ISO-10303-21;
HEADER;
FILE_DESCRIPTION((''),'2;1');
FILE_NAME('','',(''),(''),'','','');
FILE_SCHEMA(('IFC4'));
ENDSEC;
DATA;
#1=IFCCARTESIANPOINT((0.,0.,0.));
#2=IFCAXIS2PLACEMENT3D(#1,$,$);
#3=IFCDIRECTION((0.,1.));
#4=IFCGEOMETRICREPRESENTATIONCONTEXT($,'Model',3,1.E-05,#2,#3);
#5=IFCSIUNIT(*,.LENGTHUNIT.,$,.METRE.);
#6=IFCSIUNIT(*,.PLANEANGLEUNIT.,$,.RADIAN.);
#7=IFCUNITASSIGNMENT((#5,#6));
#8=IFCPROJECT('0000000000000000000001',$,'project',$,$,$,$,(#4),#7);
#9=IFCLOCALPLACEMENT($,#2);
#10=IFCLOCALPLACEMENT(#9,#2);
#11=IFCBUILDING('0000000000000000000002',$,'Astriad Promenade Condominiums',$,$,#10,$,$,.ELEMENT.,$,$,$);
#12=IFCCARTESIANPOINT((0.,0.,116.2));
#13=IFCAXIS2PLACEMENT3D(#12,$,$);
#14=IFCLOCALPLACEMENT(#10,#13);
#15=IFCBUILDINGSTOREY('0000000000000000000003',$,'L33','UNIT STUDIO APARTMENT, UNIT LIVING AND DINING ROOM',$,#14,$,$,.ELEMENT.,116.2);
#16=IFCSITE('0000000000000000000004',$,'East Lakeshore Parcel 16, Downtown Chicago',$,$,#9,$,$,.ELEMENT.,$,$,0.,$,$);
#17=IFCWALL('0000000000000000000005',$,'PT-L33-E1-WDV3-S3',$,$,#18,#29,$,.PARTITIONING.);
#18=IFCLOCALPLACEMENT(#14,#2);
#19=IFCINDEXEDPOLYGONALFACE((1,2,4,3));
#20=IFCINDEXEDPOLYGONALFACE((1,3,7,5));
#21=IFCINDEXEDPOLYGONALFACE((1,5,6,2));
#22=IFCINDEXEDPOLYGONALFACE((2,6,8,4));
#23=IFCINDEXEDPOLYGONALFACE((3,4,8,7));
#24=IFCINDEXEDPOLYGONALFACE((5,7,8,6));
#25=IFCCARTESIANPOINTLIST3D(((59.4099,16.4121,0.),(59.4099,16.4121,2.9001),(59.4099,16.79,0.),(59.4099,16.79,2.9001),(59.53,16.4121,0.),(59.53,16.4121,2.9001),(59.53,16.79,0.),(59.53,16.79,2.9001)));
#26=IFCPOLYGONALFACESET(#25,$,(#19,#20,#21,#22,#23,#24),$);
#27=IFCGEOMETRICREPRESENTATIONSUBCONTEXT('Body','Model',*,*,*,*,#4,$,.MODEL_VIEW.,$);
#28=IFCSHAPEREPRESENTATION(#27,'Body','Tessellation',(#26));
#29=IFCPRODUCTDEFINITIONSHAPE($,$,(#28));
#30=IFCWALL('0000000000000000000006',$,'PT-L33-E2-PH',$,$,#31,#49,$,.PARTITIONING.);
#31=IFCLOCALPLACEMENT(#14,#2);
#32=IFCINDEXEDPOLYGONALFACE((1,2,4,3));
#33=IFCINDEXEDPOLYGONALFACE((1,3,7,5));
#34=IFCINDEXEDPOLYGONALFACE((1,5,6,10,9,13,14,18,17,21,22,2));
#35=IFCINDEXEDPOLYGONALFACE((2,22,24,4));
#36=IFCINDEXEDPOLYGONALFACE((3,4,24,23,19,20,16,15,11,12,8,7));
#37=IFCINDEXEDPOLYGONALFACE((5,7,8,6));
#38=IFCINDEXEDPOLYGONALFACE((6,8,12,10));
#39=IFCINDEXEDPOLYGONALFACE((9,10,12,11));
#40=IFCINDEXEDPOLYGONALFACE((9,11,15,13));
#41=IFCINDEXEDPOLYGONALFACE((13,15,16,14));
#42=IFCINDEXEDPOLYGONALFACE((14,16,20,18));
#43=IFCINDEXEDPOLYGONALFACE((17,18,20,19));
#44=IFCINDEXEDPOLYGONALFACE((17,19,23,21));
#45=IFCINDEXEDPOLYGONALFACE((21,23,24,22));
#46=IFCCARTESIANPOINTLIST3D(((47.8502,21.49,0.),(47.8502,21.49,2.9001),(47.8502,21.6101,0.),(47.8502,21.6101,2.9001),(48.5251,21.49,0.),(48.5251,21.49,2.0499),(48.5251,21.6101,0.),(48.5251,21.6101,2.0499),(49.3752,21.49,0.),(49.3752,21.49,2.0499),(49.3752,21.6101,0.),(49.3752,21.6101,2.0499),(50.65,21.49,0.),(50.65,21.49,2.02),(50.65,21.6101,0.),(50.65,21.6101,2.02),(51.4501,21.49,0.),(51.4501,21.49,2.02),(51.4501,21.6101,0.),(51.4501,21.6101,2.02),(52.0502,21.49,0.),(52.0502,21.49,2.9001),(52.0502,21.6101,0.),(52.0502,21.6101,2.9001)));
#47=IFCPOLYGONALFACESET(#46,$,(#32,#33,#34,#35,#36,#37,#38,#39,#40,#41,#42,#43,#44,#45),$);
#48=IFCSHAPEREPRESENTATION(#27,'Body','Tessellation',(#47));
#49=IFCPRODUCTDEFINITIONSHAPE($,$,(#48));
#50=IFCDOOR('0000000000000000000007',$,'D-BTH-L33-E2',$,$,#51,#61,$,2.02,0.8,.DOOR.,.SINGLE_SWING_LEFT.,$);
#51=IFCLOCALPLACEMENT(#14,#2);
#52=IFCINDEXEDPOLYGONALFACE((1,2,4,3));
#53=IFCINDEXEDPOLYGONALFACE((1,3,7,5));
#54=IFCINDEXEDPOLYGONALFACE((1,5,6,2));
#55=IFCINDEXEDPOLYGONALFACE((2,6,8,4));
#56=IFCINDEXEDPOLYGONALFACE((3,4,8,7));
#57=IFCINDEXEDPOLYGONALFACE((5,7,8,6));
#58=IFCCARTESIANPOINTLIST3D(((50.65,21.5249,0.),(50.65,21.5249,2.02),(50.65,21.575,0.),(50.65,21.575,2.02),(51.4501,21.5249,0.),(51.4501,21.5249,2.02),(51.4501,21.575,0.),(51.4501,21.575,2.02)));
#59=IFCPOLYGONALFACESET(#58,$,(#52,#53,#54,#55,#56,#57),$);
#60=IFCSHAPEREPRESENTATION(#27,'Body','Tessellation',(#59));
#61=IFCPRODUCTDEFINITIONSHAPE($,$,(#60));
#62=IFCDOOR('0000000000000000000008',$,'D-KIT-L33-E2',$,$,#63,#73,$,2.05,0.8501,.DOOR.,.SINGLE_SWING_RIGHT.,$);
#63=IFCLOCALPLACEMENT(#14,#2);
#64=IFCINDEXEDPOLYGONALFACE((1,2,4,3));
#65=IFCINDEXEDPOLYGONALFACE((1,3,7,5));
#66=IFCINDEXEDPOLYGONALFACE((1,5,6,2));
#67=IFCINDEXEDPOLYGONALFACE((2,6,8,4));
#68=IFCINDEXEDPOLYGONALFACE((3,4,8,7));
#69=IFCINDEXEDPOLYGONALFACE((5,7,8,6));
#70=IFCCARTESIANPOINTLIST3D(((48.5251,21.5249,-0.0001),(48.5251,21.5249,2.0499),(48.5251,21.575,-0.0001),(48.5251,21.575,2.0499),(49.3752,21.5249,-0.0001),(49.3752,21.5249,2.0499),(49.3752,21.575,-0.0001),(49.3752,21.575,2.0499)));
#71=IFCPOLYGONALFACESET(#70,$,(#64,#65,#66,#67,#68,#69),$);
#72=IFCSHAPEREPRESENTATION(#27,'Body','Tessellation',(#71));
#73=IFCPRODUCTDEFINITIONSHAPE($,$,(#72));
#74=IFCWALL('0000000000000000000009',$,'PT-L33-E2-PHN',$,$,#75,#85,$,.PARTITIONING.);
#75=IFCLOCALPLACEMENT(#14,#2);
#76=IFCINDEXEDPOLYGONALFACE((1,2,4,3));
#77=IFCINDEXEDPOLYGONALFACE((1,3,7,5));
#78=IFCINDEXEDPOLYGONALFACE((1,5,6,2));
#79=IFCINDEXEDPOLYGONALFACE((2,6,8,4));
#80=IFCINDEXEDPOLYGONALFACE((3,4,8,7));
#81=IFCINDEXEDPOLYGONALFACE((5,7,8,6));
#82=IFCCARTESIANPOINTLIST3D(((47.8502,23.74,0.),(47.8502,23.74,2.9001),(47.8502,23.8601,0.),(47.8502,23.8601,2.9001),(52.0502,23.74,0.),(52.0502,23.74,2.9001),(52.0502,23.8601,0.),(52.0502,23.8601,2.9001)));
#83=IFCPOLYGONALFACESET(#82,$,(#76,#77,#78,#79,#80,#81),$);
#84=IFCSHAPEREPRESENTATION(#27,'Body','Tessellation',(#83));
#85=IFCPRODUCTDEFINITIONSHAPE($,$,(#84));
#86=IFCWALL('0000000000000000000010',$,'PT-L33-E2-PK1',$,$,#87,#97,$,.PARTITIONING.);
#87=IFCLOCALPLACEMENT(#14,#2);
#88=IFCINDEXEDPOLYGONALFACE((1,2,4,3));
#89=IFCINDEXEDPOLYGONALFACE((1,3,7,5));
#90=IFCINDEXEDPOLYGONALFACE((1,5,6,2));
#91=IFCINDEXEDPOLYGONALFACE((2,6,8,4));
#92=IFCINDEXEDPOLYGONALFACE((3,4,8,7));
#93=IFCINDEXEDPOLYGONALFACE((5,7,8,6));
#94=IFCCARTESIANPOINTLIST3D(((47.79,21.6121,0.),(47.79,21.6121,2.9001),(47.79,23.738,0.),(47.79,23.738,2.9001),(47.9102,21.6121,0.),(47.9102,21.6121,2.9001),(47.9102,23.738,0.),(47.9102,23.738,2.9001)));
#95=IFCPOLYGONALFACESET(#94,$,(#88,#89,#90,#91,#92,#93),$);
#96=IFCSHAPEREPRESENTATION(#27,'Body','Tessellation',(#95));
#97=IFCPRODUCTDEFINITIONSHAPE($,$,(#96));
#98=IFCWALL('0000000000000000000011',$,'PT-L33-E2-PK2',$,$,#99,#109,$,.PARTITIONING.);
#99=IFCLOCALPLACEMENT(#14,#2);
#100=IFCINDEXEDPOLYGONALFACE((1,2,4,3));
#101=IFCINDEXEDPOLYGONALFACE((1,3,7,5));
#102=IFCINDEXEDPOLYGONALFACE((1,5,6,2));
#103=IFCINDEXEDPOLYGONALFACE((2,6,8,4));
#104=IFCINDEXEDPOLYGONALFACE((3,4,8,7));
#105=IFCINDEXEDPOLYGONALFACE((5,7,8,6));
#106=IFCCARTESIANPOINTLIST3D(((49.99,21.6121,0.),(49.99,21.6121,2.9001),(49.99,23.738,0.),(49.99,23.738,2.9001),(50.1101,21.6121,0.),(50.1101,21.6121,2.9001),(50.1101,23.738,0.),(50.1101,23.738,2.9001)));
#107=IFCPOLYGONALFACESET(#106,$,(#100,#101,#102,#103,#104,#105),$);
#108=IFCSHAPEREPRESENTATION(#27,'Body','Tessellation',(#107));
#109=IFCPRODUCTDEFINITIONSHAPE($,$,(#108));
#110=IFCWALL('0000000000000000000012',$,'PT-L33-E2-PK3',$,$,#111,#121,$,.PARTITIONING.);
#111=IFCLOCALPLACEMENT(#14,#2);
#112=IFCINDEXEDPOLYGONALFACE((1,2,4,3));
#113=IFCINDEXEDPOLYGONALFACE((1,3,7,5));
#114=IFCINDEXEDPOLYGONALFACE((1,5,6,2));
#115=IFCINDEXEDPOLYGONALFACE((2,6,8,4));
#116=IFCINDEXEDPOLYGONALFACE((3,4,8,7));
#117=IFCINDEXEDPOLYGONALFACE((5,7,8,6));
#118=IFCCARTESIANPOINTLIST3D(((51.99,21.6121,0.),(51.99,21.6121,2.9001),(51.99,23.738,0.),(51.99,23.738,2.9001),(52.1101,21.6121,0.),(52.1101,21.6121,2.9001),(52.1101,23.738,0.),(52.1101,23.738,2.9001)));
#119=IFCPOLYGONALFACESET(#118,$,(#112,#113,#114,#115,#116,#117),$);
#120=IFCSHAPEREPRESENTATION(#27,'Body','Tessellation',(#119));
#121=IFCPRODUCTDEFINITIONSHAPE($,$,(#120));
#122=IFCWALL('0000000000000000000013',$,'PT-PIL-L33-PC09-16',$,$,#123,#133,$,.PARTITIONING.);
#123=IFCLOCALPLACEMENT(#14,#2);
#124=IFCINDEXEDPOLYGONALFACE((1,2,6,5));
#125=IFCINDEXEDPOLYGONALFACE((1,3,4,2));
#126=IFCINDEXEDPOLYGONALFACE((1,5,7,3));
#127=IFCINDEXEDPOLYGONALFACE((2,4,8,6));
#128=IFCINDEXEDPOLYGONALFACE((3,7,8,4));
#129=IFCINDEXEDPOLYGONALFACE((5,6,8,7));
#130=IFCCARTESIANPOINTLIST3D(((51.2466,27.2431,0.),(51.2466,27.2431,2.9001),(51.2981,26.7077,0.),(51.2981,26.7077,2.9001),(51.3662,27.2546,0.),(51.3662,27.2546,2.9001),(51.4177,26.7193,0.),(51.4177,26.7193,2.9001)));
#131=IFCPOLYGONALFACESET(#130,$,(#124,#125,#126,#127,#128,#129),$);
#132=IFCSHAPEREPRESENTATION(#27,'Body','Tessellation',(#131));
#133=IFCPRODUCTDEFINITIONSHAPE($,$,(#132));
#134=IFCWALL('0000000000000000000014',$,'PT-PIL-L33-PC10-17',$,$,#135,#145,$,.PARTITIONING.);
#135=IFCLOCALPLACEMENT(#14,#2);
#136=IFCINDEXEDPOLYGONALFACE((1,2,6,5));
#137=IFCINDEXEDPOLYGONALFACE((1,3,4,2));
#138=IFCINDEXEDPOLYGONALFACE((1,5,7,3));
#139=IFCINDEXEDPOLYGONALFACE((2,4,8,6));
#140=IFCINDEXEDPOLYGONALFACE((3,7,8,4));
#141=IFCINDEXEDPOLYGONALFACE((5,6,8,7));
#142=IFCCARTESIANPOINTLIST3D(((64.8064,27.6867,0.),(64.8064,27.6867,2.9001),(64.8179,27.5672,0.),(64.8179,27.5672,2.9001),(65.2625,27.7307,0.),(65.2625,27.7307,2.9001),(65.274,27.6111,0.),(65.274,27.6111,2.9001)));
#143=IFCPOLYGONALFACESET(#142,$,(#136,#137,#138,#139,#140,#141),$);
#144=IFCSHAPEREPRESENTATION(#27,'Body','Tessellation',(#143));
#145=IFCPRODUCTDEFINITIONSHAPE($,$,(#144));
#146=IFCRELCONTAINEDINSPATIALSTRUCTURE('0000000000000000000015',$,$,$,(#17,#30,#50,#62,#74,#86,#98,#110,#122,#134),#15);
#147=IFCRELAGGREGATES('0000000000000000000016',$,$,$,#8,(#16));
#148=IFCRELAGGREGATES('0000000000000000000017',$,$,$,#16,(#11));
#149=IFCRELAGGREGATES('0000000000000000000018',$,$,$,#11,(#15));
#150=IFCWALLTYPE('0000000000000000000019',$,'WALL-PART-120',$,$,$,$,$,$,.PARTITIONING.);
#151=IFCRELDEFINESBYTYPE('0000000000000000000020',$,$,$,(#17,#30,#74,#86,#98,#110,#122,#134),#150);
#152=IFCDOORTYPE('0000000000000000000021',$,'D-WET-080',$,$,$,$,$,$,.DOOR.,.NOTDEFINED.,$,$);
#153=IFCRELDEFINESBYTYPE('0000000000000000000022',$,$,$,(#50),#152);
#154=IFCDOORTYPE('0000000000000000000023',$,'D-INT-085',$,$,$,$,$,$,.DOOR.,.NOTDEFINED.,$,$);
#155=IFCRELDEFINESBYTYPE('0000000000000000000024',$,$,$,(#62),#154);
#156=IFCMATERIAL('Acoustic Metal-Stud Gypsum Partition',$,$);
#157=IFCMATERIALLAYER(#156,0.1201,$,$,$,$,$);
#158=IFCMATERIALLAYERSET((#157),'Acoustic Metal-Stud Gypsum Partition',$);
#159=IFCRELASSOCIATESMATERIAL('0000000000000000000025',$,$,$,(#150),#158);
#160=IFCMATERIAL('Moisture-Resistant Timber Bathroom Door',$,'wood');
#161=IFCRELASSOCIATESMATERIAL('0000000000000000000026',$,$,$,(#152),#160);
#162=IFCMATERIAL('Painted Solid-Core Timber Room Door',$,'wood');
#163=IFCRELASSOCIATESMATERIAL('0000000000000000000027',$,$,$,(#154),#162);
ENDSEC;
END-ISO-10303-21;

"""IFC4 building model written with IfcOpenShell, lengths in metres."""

from ifc_helpers import new_model, si_unit, direction, frame, frame_2d, origin, place, context, subcontext, project, spatial, rectangle, extrude, source, transform, mapped, material, layer, layer_set, type_object, type_shapes, element, fill, save


model = new_model("IFC4")

# Units and contexts
model_context = context("Model", 3, precision=1e-05, world=origin(), true_north=direction((0.0, 1.0)))
body_context = subcontext(model_context, "Body", "Model", "MODEL_VIEW")
ifc_project = project(units=[si_unit("LENGTHUNIT", "METRE"), si_unit("PLANEANGLEUNIT", "RADIAN")], contexts=[model_context])

# Site, building, storey
site_placement = place(None, origin())
site = spatial("IfcSite", under=ifc_project, at=site_placement, Name="East Lakeshore Parcel 16, Downtown Chicago", CompositionType="ELEMENT", RefElevation=0.0)
building_placement = place(site_placement, origin())
building = spatial("IfcBuilding", under=site, at=building_placement, Name="Astriad Promenade Condominiums", CompositionType="ELEMENT")
storey_placement = place(building_placement, frame((0.0, 0.0, 116.2)))
storey = spatial("IfcBuildingStorey", under=building, at=storey_placement, Name="L33", Description="UNIT STUDIO APARTMENT, UNIT LIVING AND DINING ROOM", CompositionType="ELEMENT", Elevation=116.2)

# Wall
ifc_material_1 = material(Name="Acoustic Metal-Stud Gypsum Partition")
ifc_layer = layer(ifc_material_1, 0.1201)
ifc_layer_set = layer_set([ifc_layer], Name="Acoustic Metal-Stud Gypsum Partition")
wall_type = type_object("IfcWallType", Name="WALL-PART-120", PredefinedType="PARTITIONING", material=ifc_layer_set)
wall_1_placement = place(storey_placement, frame((59.47, 16.4121, 0.0), z_axis=(0.0, 0.0, 1.0), x_axis=(0.0, 1.0, 0.0)))
element("IfcWall", 1, at=wall_1_placement, inside=storey, type_object=wall_type, Name="PT-L33-E1-WDV3-S3", PredefinedType="PARTITIONING", context=body_context, shape_type="SweptSolid", body=[
    extrude(rectangle(XDim=0.3779, YDim=0.1201, at=frame_2d((0.189, 0.0))), origin(), (0.0, 0.0, 1.0), 2.9001),
])

# Wall, openings, doors
wall_2_placement = place(storey_placement, frame((47.8501, 21.55, 0.0), z_axis=(0.0, 0.0, 1.0), x_axis=(1.0, 0.0, 0.0)))
wall_2 = element("IfcWall", 2, at=wall_2_placement, inside=storey, type_object=wall_type, Name="PT-L33-E2-PH", PredefinedType="PARTITIONING", context=body_context, shape_type="SweptSolid", body=[
    extrude(rectangle(XDim=4.2, YDim=0.1201, at=frame_2d((2.1001, 0.0))), origin(), (0.0, 0.0, 1.0), 2.9001),
])
opening_1_placement = place(wall_2_placement, frame((0.675, 0.0, 0.0)))
opening_1 = element("IfcOpeningElement", 3, at=opening_1_placement, cuts=wall_2, PredefinedType="OPENING", context=body_context, shape_type="SweptSolid", body=[
    extrude(rectangle(XDim=0.8501, YDim=2.05, at=frame_2d((0.425, 1.0249))), frame((0.0, 0.0701, 0.0), z_axis=(0.0, -1.0, 0.0), x_axis=(1.0, 0.0, 0.0)), (0.0, 0.0, 1.0), 0.1401),
])
opening_2_placement = place(wall_2_placement, frame((2.8, 0.0, 0.0)))
opening_2 = element("IfcOpeningElement", 4, at=opening_2_placement, cuts=wall_2, PredefinedType="OPENING", context=body_context, shape_type="SweptSolid", body=[
    extrude(rectangle(XDim=0.8, YDim=2.02, at=frame_2d((0.3999, 1.01))), frame((0.0, 0.0701, 0.0), z_axis=(0.0, -1.0, 0.0), x_axis=(1.0, 0.0, 0.0)), (0.0, 0.0, 1.0), 0.1401),
])
ifc_material_2 = material(Name="Moisture-Resistant Timber Bathroom Door", Category="wood")
door_type_1 = type_object("IfcDoorType", Name="D-WET-080", OperationType="NOTDEFINED", PredefinedType="DOOR", material=ifc_material_2)
shared_shape_1 = source(origin(), body_context, "Body", "SweptSolid", [
    extrude(rectangle(XDim=0.8, YDim=2.02, at=frame_2d((0.3999, 1.01))), frame((0.0, 0.0249, 0.0), z_axis=(0.0, -1.0, 0.0), x_axis=(1.0, 0.0, 0.0)), (0.0, 0.0, 1.0), 0.05),
])
type_shapes(door_type_1, [shared_shape_1])
door_1_placement = place(opening_2_placement, origin())
door_1 = element("IfcDoor", 5, at=door_1_placement, inside=storey, type_object=door_type_1, Name="D-BTH-L33-E2", OperationType="SINGLE_SWING_LEFT", OverallHeight=2.02, OverallWidth=0.8, PredefinedType="DOOR", context=body_context, shape_type="MappedRepresentation", body=[
    mapped(shared_shape_1, transform((0.0, 0.0, 0.0), scale=1.0)),
])
fill(opening_2, door_1)
ifc_material_3 = material(Name="Painted Solid-Core Timber Room Door", Category="wood")
door_type_2 = type_object("IfcDoorType", Name="D-INT-085", OperationType="NOTDEFINED", PredefinedType="DOOR", material=ifc_material_3)
shared_shape_2 = source(origin(), body_context, "Body", "SweptSolid", [
    extrude(rectangle(XDim=0.8501, YDim=2.05, at=frame_2d((0.425, 1.0249))), frame((0.0, 0.0249, 0.0), z_axis=(0.0, -1.0, 0.0), x_axis=(1.0, 0.0, 0.0)), (0.0, 0.0, 1.0), 0.05),
])
type_shapes(door_type_2, [shared_shape_2])
door_2_placement = place(opening_1_placement, origin())
door_2 = element("IfcDoor", 6, at=door_2_placement, inside=storey, type_object=door_type_2, Name="D-KIT-L33-E2", OperationType="SINGLE_SWING_RIGHT", OverallHeight=2.05, OverallWidth=0.8501, PredefinedType="DOOR", context=body_context, shape_type="MappedRepresentation", body=[
    mapped(shared_shape_2, transform((0.0, 0.0, 0.0), scale=1.0)),
])
fill(opening_1, door_2)

# Walls
wall_3_placement = place(storey_placement, frame((47.8501, 23.8, 0.0), z_axis=(0.0, 0.0, 1.0), x_axis=(1.0, 0.0, 0.0)))
element("IfcWall", 7, at=wall_3_placement, inside=storey, type_object=wall_type, Name="PT-L33-E2-PHN", PredefinedType="PARTITIONING", context=body_context, shape_type="SweptSolid", body=[
    extrude(rectangle(XDim=4.2, YDim=0.1201, at=frame_2d((2.1001, 0.0))), origin(), (0.0, 0.0, 1.0), 2.9001),
])
for number, where, z_axis, x_axis, name in (
    (8, (47.8501, 21.6121, 0.0), (0.0, 0.0, 1.0), (0.0, 1.0, 0.0), "PT-L33-E2-PK1"),
    (9, (50.05, 21.6121, 0.0), (0.0, 0.0, 1.0), (0.0, 1.0, 0.0), "PT-L33-E2-PK2"),
    (10, (52.05, 21.6121, 0.0), (0.0, 0.0, 1.0), (0.0, 1.0, 0.0), "PT-L33-E2-PK3"),
):
    element("IfcWall", number, at=place(storey_placement, frame(where, z_axis=z_axis, x_axis=x_axis)), inside=storey, type_object=wall_type, Name=name, PredefinedType="PARTITIONING", context=body_context, shape_type="SweptSolid", body=[
        extrude(rectangle(XDim=2.126, YDim=0.1201, at=frame_2d((1.063, 0.0))), origin(), (0.0, 0.0, 1.0), 2.9001),
    ])
wall_4_placement = place(storey_placement, frame((51.3579, 26.7134, 0.0), z_axis=(0.0, 0.0, 1.0), x_axis=(-0.095773, 0.995403, 0.0)))
element("IfcWall", 11, at=wall_4_placement, inside=storey, type_object=wall_type, Name="PT-PIL-L33-PC09-16", PredefinedType="PARTITIONING", context=body_context, shape_type="SweptSolid", body=[
    extrude(rectangle(XDim=0.5378, YDim=0.1201, at=frame_2d((0.269, 0.0))), origin(), (0.0, 0.0, 1.0), 2.9001),
])
wall_5_placement = place(storey_placement, frame((64.8123, 27.627, 0.0), z_axis=(0.0, 0.0, 1.0), x_axis=(0.995389, 0.095915, 0.0)))
element("IfcWall", 12, at=wall_5_placement, inside=storey, type_object=wall_type, Name="PT-PIL-L33-PC10-17", PredefinedType="PARTITIONING", context=body_context, shape_type="SweptSolid", body=[
    extrude(rectangle(XDim=0.4583, YDim=0.1201, at=frame_2d((0.229, 0.0))), origin(), (0.0, 0.0, 1.0), 2.9001),
])

save(model, "model.ifc")
